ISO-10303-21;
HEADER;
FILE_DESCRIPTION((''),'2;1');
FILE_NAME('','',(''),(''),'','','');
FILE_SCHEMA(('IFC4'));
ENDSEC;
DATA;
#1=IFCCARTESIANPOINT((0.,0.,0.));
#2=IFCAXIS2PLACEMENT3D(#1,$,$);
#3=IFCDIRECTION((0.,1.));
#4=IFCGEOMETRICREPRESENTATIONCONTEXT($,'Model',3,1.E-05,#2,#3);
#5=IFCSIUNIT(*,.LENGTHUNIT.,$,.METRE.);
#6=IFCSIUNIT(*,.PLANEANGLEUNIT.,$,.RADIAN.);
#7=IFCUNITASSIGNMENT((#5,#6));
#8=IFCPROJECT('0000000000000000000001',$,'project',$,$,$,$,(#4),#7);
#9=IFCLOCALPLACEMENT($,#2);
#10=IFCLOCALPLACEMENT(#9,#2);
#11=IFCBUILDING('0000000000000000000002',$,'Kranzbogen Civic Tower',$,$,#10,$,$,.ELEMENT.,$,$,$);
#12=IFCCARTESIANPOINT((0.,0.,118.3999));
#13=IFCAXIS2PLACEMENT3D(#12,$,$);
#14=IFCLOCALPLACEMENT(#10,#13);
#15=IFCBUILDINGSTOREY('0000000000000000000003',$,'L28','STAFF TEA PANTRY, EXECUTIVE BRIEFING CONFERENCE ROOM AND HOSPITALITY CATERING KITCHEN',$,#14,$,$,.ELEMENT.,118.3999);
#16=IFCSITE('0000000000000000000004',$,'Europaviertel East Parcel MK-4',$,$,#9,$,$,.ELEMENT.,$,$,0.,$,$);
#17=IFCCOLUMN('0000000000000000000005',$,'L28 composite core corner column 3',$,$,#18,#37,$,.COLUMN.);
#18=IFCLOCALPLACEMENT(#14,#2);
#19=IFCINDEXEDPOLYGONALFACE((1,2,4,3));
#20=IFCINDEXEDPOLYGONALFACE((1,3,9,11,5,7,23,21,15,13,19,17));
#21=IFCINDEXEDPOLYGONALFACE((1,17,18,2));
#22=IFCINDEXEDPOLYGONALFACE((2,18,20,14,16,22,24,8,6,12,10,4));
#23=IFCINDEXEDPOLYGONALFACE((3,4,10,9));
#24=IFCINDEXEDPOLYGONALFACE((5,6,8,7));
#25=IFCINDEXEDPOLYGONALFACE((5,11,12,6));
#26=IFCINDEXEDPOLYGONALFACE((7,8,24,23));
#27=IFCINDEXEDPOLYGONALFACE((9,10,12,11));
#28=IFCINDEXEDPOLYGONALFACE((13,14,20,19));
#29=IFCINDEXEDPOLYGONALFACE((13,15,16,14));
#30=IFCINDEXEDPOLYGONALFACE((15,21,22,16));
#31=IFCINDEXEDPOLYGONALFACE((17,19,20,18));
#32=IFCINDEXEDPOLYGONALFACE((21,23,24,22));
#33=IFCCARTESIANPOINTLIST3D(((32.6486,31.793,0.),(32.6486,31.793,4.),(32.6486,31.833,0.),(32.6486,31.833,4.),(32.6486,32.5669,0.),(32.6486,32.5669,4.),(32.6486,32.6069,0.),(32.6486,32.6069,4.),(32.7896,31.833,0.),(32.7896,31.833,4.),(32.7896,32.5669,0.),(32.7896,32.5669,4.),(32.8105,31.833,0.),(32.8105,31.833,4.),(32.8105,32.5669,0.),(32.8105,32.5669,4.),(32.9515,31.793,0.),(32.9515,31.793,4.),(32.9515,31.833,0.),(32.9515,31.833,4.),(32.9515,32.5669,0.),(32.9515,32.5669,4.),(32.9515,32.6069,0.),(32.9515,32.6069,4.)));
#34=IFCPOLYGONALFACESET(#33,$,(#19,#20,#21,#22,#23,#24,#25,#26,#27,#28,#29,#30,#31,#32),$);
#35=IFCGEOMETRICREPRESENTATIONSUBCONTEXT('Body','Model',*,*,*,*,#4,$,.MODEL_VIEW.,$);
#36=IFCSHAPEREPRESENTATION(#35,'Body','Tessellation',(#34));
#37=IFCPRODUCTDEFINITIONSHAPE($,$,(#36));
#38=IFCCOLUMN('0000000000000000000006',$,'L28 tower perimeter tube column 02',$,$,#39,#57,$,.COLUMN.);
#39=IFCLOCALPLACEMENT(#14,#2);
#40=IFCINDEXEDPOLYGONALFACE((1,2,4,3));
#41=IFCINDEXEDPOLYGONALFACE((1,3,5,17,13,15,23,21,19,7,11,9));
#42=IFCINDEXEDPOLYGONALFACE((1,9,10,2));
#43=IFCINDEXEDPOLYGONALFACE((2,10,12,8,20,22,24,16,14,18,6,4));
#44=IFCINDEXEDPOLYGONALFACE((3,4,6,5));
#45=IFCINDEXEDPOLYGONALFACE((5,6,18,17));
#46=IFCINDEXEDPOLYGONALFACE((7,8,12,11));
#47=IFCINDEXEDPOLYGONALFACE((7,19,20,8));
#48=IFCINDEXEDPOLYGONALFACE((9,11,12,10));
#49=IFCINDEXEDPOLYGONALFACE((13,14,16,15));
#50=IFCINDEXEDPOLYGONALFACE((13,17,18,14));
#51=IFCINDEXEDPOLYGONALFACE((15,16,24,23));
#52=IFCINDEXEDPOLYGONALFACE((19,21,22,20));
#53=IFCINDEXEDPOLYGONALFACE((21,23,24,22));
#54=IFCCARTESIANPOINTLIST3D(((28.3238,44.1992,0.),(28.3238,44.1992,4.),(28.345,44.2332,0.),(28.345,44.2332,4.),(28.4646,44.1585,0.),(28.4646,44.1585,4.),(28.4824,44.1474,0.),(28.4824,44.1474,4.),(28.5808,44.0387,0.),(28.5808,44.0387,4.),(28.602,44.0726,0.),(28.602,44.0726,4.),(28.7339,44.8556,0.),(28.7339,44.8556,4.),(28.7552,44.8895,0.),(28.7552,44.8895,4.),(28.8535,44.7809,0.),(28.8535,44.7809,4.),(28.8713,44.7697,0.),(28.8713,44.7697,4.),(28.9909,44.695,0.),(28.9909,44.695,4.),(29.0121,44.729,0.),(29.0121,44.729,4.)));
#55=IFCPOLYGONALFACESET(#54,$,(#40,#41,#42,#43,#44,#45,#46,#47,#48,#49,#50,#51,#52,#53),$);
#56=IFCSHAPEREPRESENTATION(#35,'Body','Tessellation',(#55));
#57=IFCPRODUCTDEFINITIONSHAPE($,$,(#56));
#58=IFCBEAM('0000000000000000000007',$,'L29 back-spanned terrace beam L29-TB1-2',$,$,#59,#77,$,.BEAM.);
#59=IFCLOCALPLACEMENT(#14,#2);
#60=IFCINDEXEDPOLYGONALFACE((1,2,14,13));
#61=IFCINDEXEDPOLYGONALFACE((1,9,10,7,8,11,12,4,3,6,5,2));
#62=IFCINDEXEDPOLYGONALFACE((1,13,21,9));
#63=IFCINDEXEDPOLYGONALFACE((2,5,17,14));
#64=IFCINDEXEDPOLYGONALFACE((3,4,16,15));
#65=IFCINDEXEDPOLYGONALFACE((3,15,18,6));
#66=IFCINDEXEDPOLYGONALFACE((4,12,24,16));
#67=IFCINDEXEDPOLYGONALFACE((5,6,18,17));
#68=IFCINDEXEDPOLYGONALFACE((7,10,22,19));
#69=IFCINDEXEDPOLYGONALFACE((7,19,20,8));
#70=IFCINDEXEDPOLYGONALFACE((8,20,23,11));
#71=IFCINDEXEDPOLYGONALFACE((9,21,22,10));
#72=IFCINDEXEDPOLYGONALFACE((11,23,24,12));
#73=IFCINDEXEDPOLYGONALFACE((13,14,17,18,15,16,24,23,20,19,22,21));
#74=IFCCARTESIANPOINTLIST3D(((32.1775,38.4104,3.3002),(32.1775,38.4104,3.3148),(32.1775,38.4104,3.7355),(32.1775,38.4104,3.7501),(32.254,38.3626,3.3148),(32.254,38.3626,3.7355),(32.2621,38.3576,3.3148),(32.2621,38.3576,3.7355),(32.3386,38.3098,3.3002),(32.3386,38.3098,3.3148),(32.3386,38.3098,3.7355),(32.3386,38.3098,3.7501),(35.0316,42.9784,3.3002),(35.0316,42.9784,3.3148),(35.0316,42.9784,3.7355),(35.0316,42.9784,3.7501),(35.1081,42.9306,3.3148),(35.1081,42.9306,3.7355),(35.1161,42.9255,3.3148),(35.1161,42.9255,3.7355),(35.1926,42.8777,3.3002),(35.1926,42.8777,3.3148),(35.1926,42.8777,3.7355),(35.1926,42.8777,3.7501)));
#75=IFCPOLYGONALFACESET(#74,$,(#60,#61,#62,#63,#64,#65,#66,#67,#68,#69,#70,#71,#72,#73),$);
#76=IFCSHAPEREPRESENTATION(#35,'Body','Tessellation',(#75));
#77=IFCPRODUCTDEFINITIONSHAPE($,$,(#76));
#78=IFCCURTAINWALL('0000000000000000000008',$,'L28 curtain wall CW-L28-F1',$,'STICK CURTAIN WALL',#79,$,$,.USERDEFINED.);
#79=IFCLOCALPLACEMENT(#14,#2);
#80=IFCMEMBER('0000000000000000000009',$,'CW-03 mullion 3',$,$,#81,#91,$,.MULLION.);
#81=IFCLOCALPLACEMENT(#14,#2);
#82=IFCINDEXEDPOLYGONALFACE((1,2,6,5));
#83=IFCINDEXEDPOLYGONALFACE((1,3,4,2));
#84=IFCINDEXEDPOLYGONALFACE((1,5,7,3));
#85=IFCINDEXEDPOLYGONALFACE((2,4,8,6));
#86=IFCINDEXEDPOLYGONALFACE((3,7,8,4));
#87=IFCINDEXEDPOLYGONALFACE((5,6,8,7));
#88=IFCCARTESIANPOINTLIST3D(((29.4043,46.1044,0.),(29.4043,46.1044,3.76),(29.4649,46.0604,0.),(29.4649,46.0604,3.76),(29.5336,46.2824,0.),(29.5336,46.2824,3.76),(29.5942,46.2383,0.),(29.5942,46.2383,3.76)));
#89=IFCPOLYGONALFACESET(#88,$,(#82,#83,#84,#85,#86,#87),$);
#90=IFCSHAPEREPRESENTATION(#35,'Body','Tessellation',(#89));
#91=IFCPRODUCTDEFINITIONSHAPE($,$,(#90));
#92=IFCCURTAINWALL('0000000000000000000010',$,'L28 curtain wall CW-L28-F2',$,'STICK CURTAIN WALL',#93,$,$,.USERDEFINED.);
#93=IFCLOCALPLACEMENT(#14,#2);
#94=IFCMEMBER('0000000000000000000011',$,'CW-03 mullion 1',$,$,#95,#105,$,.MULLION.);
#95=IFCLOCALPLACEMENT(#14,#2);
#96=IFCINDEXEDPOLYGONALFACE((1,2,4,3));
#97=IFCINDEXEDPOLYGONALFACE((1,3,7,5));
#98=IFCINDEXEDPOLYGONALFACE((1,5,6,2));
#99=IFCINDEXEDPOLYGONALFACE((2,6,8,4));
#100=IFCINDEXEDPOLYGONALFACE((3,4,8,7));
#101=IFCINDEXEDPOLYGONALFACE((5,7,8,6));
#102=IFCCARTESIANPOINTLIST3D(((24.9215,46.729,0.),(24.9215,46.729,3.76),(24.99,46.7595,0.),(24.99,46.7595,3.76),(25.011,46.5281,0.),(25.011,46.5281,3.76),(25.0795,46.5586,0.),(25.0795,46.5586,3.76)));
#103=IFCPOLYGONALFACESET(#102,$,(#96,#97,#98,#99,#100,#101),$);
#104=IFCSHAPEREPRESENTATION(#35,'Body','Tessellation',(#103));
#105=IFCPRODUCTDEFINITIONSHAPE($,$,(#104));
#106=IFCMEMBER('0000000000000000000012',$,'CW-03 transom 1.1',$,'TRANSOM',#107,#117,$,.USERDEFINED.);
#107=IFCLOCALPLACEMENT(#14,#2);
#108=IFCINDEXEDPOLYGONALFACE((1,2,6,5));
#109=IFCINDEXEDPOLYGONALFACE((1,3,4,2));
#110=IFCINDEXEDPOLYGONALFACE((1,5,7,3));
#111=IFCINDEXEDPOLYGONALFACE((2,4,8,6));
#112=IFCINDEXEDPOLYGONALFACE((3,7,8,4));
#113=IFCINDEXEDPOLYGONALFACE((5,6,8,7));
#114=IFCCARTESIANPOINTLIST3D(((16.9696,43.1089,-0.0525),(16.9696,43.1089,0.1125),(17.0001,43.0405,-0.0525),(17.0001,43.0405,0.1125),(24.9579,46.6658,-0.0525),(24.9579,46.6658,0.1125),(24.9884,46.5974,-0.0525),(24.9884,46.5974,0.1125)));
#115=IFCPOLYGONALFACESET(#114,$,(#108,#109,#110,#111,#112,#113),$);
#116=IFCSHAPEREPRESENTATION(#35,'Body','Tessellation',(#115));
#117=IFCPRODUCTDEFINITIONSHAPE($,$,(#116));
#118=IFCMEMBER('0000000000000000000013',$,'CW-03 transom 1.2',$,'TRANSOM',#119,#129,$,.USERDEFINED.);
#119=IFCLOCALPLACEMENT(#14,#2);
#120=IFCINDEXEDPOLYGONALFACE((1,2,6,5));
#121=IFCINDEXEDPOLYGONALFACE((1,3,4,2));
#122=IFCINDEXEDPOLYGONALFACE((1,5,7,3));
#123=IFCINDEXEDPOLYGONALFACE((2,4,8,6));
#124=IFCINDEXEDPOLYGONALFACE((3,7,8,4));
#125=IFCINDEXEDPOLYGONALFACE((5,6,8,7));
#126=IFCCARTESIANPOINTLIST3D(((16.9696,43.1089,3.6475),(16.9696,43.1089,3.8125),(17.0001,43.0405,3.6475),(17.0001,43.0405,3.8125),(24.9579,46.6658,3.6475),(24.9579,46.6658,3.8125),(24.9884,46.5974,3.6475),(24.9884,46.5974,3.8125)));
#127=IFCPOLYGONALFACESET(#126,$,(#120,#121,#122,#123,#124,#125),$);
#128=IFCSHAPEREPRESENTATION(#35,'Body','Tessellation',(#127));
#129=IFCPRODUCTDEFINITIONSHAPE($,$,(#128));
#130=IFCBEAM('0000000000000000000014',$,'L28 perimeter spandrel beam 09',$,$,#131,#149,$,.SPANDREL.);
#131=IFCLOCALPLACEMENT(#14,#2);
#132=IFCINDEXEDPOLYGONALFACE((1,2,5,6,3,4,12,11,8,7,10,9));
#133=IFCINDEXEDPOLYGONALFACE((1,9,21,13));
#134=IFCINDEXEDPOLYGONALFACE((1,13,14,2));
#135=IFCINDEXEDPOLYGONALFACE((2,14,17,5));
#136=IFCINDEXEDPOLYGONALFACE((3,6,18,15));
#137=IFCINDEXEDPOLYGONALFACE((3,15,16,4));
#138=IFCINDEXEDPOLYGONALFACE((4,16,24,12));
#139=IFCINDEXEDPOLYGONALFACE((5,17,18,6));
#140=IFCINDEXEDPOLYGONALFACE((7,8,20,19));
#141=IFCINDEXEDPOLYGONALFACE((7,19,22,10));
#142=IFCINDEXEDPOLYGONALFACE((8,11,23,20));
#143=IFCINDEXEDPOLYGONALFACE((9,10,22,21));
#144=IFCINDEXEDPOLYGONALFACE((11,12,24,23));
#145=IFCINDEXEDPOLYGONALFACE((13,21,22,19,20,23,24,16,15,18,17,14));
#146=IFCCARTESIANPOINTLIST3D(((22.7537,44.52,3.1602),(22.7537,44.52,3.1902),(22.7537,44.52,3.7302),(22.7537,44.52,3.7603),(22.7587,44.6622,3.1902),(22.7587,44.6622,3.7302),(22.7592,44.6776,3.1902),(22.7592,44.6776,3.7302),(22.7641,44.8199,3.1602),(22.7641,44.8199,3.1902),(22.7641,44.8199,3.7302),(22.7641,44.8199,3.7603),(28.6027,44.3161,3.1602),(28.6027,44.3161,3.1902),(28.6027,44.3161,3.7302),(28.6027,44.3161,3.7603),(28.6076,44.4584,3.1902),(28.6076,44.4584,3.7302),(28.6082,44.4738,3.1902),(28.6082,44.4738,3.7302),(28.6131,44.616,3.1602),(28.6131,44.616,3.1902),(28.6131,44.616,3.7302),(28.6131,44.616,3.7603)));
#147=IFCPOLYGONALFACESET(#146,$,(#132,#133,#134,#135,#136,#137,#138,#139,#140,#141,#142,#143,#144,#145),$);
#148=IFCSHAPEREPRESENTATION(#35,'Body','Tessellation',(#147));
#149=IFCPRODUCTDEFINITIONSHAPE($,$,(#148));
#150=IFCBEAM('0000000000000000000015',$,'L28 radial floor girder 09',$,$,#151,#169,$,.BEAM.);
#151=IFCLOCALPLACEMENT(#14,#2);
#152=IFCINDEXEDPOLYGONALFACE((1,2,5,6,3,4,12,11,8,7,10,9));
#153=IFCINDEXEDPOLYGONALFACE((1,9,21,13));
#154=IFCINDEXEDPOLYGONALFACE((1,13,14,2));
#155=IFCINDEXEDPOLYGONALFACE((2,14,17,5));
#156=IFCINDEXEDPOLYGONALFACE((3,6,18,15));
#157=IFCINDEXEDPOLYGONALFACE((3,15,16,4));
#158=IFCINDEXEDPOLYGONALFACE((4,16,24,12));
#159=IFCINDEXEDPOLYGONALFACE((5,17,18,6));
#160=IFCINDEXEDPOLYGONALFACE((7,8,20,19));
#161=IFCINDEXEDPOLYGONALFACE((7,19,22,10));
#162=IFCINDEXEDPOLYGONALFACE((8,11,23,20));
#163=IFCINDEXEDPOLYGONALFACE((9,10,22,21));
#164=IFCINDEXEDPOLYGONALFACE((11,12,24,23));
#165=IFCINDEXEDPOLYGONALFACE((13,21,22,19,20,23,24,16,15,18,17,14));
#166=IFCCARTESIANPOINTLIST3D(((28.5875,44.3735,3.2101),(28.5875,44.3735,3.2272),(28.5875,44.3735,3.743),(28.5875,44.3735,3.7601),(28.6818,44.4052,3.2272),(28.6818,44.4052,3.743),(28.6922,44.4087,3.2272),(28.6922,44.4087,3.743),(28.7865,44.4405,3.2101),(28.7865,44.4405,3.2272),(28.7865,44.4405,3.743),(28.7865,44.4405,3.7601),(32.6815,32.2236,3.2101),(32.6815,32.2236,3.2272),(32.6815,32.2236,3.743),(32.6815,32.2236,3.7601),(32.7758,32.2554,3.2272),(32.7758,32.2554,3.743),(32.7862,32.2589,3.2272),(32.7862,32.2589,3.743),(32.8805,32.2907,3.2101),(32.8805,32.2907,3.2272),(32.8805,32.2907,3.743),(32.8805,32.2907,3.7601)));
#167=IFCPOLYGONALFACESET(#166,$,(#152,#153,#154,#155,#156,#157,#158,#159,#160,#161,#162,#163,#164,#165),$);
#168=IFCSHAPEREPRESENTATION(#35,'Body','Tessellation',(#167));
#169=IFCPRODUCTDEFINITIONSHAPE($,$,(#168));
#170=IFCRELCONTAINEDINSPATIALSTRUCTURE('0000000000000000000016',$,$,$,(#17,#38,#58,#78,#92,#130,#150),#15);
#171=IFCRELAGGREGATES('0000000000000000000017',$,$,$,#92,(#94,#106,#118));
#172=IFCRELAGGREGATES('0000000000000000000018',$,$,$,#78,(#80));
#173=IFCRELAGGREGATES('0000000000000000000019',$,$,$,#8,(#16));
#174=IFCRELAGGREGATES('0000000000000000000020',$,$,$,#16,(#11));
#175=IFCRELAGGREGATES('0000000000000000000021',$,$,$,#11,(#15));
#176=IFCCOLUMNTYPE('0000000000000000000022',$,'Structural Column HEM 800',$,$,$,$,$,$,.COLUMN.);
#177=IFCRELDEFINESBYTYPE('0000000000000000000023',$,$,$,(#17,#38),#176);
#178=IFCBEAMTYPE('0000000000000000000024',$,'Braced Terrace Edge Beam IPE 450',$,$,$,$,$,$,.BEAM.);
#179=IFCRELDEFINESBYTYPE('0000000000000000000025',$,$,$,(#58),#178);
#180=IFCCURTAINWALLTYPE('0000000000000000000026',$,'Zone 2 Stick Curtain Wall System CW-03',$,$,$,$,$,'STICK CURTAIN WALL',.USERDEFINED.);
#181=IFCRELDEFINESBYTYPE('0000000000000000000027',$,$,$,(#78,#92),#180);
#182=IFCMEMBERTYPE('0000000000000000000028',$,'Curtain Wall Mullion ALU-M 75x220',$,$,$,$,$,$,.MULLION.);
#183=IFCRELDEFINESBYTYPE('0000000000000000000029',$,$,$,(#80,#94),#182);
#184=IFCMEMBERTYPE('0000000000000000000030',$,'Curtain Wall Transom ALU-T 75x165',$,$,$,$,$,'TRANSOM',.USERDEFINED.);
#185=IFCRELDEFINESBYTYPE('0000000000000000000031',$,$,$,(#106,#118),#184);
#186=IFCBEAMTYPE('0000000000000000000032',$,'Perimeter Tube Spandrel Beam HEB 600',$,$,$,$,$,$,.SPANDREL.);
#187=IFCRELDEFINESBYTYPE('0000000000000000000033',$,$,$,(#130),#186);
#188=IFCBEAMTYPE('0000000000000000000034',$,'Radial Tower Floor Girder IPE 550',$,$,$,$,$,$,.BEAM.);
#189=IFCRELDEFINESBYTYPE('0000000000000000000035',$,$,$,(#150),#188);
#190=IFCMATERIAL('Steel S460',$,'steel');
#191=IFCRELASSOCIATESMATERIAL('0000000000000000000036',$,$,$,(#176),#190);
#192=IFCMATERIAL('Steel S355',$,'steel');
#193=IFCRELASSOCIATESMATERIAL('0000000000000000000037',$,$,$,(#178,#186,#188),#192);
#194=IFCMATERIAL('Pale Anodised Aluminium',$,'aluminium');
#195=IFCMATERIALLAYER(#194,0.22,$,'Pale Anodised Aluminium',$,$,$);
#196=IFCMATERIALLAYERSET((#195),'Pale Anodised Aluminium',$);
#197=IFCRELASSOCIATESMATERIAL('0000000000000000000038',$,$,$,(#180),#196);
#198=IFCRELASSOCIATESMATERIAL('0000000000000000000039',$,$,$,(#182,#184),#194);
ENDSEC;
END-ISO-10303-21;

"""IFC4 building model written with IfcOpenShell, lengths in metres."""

from ifc_helpers import new_model, si_unit, direction, frame, origin, origin_2d, place, context, subcontext, project, spatial, rectangle, i_section, extrude, material, layer, layer_set, material_profile, profile_set, type_object, element, aggregate, save


model = new_model("IFC4")

# Units and contexts
model_context = context("Model", 3, precision=1e-05, world=origin(), true_north=direction((0.0, 1.0)))
body_context = subcontext(model_context, "Body", "Model", "MODEL_VIEW")
ifc_project = project(units=[si_unit("LENGTHUNIT", "METRE"), si_unit("PLANEANGLEUNIT", "RADIAN")], contexts=[model_context])

# Site, building, storey
site_placement = place(None, origin())
site = spatial("IfcSite", under=ifc_project, at=site_placement, Name="Europaviertel East Parcel MK-4", CompositionType="ELEMENT", RefElevation=0.0)
building_placement = place(site_placement, origin())
building = spatial("IfcBuilding", under=site, at=building_placement, Name="Kranzbogen Civic Tower", CompositionType="ELEMENT")
storey_placement = place(building_placement, frame((0.0, 0.0, 118.3999)))
storey = spatial("IfcBuildingStorey", under=building, at=storey_placement, Name="L28", Description="STAFF TEA PANTRY, EXECUTIVE BRIEFING CONFERENCE ROOM AND HOSPITALITY CATERING KITCHEN", CompositionType="ELEMENT", Elevation=118.3999)

# Columns
ifc_material_1 = material(Name="Steel S460", Category="steel")
ifc_material_profile_1 = material_profile(ifc_material_1, i_section(OverallWidth=0.303, OverallDepth=0.814, WebThickness=0.021, FlangeThickness=0.04, at=origin_2d()), Name="HEM 800")
ifc_profile_set_1 = profile_set([ifc_material_profile_1], Name="Steel S460")
column_type = type_object("IfcColumnType", Name="Structural Column HEM 800", PredefinedType="COLUMN", material=ifc_profile_set_1)
for number, where, z_axis, x_axis, name in (
    (1, (32.8, 32.2, 0.0), (0.0, 0.0, 1.0), (1.0, 0.0, 0.0), "L28 composite core corner column 3"),
    (2, (28.668, 44.4641, 0.0), (0.0, 0.0, 1.0), (-0.848048, 0.529919, 0.0), "L28 tower perimeter tube column 02"),
):
    element("IfcColumn", number, at=place(storey_placement, frame(where, z_axis=z_axis, x_axis=x_axis)), inside=storey, type_object=column_type, Name=name, PredefinedType="COLUMN", context=body_context, shape_type="SweptSolid", body=[
        extrude(i_section(OverallWidth=0.303, OverallDepth=0.814, WebThickness=0.021, FlangeThickness=0.04, at=origin_2d()), origin(), (0.0, 0.0, 1.0), 4.0),
    ])

# Beam
ifc_material_2 = material(Name="Steel S355", Category="steel")
ifc_material_profile_2 = material_profile(ifc_material_2, i_section(OverallWidth=0.1899, OverallDepth=0.45, WebThickness=0.0095, FlangeThickness=0.0146, at=origin_2d()), Name="IPE 450")
ifc_profile_set_2 = profile_set([ifc_material_profile_2], Name="Steel S355")
beam_type_1 = type_object("IfcBeamType", Name="Braced Terrace Edge Beam IPE 450", PredefinedType="BEAM", material=ifc_profile_set_2)
beam_1_placement = place(storey_placement, frame((32.2581, 38.3601, 3.5251), z_axis=(0.529877, 0.848075, 0.0), x_axis=(-0.848075, 0.529877, 0.0)))
element("IfcBeam", 3, at=beam_1_placement, inside=storey, type_object=beam_type_1, Name="L29 back-spanned terrace beam L29-TB1-2", PredefinedType="BEAM", context=body_context, shape_type="SweptSolid", body=[
    extrude(i_section(OverallWidth=0.1899, OverallDepth=0.45, WebThickness=0.0095, FlangeThickness=0.0146, at=origin_2d()), origin(), (0.0, 0.0, 1.0), 5.3862),
])

# Curtain wall, member
ifc_material_3 = material(Name="Pale Anodised Aluminium", Category="aluminium")
ifc_layer_1 = layer(ifc_material_3, 0.22, Name="Pale Anodised Aluminium")
ifc_layer_set_1 = layer_set([ifc_layer_1], Name="Pale Anodised Aluminium")
curtain_wall_type = type_object("IfcCurtainWallType", Name="Zone 2 Stick Curtain Wall System CW-03", ElementType="STICK CURTAIN WALL", PredefinedType="USERDEFINED", material=ifc_layer_set_1)
curtain_wall_1_placement = place(storey_placement, origin())
curtain_wall_1 = element("IfcCurtainWall", 4, at=curtain_wall_1_placement, inside=storey, type_object=curtain_wall_type, Name="L28 curtain wall CW-L28-F1", ObjectType="STICK CURTAIN WALL", PredefinedType="USERDEFINED")
ifc_material_profile_3 = material_profile(ifc_material_3, rectangle(XDim=0.075, YDim=0.22, at=origin_2d()), Name="ALU-M 75x220")
ifc_profile_set_3 = profile_set([ifc_material_profile_3], Name="Pale Anodised Aluminium")
member_type_1 = type_object("IfcMemberType", Name="Curtain Wall Mullion ALU-M 75x220", PredefinedType="MULLION", material=ifc_profile_set_3)
member_1_placement = place(storey_placement, frame((29.4993, 46.1714, 0.0), z_axis=(0.0, 0.0, 1.0), x_axis=(-0.808995, 0.587815, 0.0)))
member_1 = element("IfcMember", 5, at=member_1_placement, type_object=member_type_1, Name="CW-03 mullion 3", PredefinedType="MULLION", context=body_context, shape_type="SweptSolid", body=[
    extrude(rectangle(XDim=0.075, YDim=0.22, at=origin_2d()), origin(), (0.0, 0.0, 1.0), 3.76),
])

# Curtain wall, members
curtain_wall_2_placement = place(storey_placement, origin())
curtain_wall_2 = element("IfcCurtainWall", 6, at=curtain_wall_2_placement, inside=storey, type_object=curtain_wall_type, Name="L28 curtain wall CW-L28-F2", ObjectType="STICK CURTAIN WALL", PredefinedType="USERDEFINED")
member_2_placement = place(storey_placement, frame((25.0005, 46.6438, 0.0), z_axis=(0.0, 0.0, 1.0), x_axis=(-0.913534, -0.406763, 0.0)))
member_2 = element("IfcMember", 7, at=member_2_placement, type_object=member_type_1, Name="CW-03 mullion 1", PredefinedType="MULLION", context=body_context, shape_type="SweptSolid", body=[
    extrude(rectangle(XDim=0.075, YDim=0.22, at=origin_2d()), origin(), (0.0, 0.0, 1.0), 3.76),
])
ifc_material_profile_4 = material_profile(ifc_material_3, rectangle(XDim=0.075, YDim=0.165, at=origin_2d()), Name="ALU-T 75x165")
ifc_profile_set_4 = profile_set([ifc_material_profile_4], Name="Pale Anodised Aluminium")
member_type_2 = type_object("IfcMemberType", Name="Curtain Wall Transom ALU-T 75x165", ElementType="TRANSOM", PredefinedType="USERDEFINED", material=ifc_profile_set_4)
member_3_placement = place(storey_placement, frame((24.9731, 46.6316, 0.03), z_axis=(-0.913534, -0.406763, 0.0), x_axis=(0.406763, -0.913534, 0.0)))
member_3 = element("IfcMember", 8, at=member_3_placement, type_object=member_type_2, Name="CW-03 transom 1.1", ObjectType="TRANSOM", PredefinedType="USERDEFINED", context=body_context, shape_type="SweptSolid", body=[
    extrude(rectangle(XDim=0.075, YDim=0.165, at=origin_2d()), origin(), (0.0, 0.0, 1.0), 8.7444),
])
member_4_placement = place(storey_placement, frame((24.9731, 46.6316, 3.73), z_axis=(-0.913534, -0.406763, 0.0), x_axis=(0.406763, -0.913534, 0.0)))
member_4 = element("IfcMember", 9, at=member_4_placement, type_object=member_type_2, Name="CW-03 transom 1.2", ObjectType="TRANSOM", PredefinedType="USERDEFINED", context=body_context, shape_type="SweptSolid", body=[
    extrude(rectangle(XDim=0.075, YDim=0.165, at=origin_2d()), origin(), (0.0, 0.0, 1.0), 8.7444),
])
aggregate(curtain_wall_2, [member_2, member_3, member_4])

# Beams
ifc_material_profile_5 = material_profile(ifc_material_2, i_section(OverallWidth=0.3, OverallDepth=0.6001, WebThickness=0.0154, FlangeThickness=0.03, at=origin_2d()), Name="HEB 600")
ifc_profile_set_5 = profile_set([ifc_material_profile_5], Name="Steel S355")
beam_type_2 = type_object("IfcBeamType", Name="Perimeter Tube Spandrel Beam HEB 600", PredefinedType="SPANDREL", material=ifc_profile_set_5)
beam_2_placement = place(storey_placement, frame((28.6079, 44.4661, 3.4602), z_axis=(-0.999393, 0.034833, 0.0), x_axis=(-0.034833, -0.999393, 0.0)))
element("IfcBeam", 10, at=beam_2_placement, inside=storey, type_object=beam_type_2, Name="L28 perimeter spandrel beam 09", PredefinedType="SPANDREL", context=body_context, shape_type="SweptSolid", body=[
    extrude(i_section(OverallWidth=0.3, OverallDepth=0.6001, WebThickness=0.0154, FlangeThickness=0.03, at=origin_2d()), origin(), (0.0, 0.0, 1.0), 5.8525),
])
ifc_material_profile_6 = material_profile(ifc_material_2, i_section(OverallWidth=0.21, OverallDepth=0.55, WebThickness=0.011, FlangeThickness=0.0171, at=origin_2d()), Name="IPE 550")
ifc_profile_set_6 = profile_set([ifc_material_profile_6], Name="Steel S355")
beam_type_3 = type_object("IfcBeamType", Name="Radial Tower Floor Girder IPE 550", PredefinedType="BEAM", material=ifc_profile_set_6)
beam_3_placement = place(storey_placement, frame((28.687, 44.407, 3.4851), z_axis=(0.319317, -0.947648, 0.0), x_axis=(0.947648, 0.319317, 0.0)))
element("IfcBeam", 11, at=beam_3_placement, inside=storey, type_object=beam_type_3, Name="L28 radial floor girder 09", PredefinedType="BEAM", context=body_context, shape_type="SweptSolid", body=[
    extrude(i_section(OverallWidth=0.21, OverallDepth=0.55, WebThickness=0.011, FlangeThickness=0.0171, at=origin_2d()), origin(), (0.0, 0.0, 1.0), 12.821),
])

aggregate(curtain_wall_1, [member_1])

save(model, "model.ifc")
